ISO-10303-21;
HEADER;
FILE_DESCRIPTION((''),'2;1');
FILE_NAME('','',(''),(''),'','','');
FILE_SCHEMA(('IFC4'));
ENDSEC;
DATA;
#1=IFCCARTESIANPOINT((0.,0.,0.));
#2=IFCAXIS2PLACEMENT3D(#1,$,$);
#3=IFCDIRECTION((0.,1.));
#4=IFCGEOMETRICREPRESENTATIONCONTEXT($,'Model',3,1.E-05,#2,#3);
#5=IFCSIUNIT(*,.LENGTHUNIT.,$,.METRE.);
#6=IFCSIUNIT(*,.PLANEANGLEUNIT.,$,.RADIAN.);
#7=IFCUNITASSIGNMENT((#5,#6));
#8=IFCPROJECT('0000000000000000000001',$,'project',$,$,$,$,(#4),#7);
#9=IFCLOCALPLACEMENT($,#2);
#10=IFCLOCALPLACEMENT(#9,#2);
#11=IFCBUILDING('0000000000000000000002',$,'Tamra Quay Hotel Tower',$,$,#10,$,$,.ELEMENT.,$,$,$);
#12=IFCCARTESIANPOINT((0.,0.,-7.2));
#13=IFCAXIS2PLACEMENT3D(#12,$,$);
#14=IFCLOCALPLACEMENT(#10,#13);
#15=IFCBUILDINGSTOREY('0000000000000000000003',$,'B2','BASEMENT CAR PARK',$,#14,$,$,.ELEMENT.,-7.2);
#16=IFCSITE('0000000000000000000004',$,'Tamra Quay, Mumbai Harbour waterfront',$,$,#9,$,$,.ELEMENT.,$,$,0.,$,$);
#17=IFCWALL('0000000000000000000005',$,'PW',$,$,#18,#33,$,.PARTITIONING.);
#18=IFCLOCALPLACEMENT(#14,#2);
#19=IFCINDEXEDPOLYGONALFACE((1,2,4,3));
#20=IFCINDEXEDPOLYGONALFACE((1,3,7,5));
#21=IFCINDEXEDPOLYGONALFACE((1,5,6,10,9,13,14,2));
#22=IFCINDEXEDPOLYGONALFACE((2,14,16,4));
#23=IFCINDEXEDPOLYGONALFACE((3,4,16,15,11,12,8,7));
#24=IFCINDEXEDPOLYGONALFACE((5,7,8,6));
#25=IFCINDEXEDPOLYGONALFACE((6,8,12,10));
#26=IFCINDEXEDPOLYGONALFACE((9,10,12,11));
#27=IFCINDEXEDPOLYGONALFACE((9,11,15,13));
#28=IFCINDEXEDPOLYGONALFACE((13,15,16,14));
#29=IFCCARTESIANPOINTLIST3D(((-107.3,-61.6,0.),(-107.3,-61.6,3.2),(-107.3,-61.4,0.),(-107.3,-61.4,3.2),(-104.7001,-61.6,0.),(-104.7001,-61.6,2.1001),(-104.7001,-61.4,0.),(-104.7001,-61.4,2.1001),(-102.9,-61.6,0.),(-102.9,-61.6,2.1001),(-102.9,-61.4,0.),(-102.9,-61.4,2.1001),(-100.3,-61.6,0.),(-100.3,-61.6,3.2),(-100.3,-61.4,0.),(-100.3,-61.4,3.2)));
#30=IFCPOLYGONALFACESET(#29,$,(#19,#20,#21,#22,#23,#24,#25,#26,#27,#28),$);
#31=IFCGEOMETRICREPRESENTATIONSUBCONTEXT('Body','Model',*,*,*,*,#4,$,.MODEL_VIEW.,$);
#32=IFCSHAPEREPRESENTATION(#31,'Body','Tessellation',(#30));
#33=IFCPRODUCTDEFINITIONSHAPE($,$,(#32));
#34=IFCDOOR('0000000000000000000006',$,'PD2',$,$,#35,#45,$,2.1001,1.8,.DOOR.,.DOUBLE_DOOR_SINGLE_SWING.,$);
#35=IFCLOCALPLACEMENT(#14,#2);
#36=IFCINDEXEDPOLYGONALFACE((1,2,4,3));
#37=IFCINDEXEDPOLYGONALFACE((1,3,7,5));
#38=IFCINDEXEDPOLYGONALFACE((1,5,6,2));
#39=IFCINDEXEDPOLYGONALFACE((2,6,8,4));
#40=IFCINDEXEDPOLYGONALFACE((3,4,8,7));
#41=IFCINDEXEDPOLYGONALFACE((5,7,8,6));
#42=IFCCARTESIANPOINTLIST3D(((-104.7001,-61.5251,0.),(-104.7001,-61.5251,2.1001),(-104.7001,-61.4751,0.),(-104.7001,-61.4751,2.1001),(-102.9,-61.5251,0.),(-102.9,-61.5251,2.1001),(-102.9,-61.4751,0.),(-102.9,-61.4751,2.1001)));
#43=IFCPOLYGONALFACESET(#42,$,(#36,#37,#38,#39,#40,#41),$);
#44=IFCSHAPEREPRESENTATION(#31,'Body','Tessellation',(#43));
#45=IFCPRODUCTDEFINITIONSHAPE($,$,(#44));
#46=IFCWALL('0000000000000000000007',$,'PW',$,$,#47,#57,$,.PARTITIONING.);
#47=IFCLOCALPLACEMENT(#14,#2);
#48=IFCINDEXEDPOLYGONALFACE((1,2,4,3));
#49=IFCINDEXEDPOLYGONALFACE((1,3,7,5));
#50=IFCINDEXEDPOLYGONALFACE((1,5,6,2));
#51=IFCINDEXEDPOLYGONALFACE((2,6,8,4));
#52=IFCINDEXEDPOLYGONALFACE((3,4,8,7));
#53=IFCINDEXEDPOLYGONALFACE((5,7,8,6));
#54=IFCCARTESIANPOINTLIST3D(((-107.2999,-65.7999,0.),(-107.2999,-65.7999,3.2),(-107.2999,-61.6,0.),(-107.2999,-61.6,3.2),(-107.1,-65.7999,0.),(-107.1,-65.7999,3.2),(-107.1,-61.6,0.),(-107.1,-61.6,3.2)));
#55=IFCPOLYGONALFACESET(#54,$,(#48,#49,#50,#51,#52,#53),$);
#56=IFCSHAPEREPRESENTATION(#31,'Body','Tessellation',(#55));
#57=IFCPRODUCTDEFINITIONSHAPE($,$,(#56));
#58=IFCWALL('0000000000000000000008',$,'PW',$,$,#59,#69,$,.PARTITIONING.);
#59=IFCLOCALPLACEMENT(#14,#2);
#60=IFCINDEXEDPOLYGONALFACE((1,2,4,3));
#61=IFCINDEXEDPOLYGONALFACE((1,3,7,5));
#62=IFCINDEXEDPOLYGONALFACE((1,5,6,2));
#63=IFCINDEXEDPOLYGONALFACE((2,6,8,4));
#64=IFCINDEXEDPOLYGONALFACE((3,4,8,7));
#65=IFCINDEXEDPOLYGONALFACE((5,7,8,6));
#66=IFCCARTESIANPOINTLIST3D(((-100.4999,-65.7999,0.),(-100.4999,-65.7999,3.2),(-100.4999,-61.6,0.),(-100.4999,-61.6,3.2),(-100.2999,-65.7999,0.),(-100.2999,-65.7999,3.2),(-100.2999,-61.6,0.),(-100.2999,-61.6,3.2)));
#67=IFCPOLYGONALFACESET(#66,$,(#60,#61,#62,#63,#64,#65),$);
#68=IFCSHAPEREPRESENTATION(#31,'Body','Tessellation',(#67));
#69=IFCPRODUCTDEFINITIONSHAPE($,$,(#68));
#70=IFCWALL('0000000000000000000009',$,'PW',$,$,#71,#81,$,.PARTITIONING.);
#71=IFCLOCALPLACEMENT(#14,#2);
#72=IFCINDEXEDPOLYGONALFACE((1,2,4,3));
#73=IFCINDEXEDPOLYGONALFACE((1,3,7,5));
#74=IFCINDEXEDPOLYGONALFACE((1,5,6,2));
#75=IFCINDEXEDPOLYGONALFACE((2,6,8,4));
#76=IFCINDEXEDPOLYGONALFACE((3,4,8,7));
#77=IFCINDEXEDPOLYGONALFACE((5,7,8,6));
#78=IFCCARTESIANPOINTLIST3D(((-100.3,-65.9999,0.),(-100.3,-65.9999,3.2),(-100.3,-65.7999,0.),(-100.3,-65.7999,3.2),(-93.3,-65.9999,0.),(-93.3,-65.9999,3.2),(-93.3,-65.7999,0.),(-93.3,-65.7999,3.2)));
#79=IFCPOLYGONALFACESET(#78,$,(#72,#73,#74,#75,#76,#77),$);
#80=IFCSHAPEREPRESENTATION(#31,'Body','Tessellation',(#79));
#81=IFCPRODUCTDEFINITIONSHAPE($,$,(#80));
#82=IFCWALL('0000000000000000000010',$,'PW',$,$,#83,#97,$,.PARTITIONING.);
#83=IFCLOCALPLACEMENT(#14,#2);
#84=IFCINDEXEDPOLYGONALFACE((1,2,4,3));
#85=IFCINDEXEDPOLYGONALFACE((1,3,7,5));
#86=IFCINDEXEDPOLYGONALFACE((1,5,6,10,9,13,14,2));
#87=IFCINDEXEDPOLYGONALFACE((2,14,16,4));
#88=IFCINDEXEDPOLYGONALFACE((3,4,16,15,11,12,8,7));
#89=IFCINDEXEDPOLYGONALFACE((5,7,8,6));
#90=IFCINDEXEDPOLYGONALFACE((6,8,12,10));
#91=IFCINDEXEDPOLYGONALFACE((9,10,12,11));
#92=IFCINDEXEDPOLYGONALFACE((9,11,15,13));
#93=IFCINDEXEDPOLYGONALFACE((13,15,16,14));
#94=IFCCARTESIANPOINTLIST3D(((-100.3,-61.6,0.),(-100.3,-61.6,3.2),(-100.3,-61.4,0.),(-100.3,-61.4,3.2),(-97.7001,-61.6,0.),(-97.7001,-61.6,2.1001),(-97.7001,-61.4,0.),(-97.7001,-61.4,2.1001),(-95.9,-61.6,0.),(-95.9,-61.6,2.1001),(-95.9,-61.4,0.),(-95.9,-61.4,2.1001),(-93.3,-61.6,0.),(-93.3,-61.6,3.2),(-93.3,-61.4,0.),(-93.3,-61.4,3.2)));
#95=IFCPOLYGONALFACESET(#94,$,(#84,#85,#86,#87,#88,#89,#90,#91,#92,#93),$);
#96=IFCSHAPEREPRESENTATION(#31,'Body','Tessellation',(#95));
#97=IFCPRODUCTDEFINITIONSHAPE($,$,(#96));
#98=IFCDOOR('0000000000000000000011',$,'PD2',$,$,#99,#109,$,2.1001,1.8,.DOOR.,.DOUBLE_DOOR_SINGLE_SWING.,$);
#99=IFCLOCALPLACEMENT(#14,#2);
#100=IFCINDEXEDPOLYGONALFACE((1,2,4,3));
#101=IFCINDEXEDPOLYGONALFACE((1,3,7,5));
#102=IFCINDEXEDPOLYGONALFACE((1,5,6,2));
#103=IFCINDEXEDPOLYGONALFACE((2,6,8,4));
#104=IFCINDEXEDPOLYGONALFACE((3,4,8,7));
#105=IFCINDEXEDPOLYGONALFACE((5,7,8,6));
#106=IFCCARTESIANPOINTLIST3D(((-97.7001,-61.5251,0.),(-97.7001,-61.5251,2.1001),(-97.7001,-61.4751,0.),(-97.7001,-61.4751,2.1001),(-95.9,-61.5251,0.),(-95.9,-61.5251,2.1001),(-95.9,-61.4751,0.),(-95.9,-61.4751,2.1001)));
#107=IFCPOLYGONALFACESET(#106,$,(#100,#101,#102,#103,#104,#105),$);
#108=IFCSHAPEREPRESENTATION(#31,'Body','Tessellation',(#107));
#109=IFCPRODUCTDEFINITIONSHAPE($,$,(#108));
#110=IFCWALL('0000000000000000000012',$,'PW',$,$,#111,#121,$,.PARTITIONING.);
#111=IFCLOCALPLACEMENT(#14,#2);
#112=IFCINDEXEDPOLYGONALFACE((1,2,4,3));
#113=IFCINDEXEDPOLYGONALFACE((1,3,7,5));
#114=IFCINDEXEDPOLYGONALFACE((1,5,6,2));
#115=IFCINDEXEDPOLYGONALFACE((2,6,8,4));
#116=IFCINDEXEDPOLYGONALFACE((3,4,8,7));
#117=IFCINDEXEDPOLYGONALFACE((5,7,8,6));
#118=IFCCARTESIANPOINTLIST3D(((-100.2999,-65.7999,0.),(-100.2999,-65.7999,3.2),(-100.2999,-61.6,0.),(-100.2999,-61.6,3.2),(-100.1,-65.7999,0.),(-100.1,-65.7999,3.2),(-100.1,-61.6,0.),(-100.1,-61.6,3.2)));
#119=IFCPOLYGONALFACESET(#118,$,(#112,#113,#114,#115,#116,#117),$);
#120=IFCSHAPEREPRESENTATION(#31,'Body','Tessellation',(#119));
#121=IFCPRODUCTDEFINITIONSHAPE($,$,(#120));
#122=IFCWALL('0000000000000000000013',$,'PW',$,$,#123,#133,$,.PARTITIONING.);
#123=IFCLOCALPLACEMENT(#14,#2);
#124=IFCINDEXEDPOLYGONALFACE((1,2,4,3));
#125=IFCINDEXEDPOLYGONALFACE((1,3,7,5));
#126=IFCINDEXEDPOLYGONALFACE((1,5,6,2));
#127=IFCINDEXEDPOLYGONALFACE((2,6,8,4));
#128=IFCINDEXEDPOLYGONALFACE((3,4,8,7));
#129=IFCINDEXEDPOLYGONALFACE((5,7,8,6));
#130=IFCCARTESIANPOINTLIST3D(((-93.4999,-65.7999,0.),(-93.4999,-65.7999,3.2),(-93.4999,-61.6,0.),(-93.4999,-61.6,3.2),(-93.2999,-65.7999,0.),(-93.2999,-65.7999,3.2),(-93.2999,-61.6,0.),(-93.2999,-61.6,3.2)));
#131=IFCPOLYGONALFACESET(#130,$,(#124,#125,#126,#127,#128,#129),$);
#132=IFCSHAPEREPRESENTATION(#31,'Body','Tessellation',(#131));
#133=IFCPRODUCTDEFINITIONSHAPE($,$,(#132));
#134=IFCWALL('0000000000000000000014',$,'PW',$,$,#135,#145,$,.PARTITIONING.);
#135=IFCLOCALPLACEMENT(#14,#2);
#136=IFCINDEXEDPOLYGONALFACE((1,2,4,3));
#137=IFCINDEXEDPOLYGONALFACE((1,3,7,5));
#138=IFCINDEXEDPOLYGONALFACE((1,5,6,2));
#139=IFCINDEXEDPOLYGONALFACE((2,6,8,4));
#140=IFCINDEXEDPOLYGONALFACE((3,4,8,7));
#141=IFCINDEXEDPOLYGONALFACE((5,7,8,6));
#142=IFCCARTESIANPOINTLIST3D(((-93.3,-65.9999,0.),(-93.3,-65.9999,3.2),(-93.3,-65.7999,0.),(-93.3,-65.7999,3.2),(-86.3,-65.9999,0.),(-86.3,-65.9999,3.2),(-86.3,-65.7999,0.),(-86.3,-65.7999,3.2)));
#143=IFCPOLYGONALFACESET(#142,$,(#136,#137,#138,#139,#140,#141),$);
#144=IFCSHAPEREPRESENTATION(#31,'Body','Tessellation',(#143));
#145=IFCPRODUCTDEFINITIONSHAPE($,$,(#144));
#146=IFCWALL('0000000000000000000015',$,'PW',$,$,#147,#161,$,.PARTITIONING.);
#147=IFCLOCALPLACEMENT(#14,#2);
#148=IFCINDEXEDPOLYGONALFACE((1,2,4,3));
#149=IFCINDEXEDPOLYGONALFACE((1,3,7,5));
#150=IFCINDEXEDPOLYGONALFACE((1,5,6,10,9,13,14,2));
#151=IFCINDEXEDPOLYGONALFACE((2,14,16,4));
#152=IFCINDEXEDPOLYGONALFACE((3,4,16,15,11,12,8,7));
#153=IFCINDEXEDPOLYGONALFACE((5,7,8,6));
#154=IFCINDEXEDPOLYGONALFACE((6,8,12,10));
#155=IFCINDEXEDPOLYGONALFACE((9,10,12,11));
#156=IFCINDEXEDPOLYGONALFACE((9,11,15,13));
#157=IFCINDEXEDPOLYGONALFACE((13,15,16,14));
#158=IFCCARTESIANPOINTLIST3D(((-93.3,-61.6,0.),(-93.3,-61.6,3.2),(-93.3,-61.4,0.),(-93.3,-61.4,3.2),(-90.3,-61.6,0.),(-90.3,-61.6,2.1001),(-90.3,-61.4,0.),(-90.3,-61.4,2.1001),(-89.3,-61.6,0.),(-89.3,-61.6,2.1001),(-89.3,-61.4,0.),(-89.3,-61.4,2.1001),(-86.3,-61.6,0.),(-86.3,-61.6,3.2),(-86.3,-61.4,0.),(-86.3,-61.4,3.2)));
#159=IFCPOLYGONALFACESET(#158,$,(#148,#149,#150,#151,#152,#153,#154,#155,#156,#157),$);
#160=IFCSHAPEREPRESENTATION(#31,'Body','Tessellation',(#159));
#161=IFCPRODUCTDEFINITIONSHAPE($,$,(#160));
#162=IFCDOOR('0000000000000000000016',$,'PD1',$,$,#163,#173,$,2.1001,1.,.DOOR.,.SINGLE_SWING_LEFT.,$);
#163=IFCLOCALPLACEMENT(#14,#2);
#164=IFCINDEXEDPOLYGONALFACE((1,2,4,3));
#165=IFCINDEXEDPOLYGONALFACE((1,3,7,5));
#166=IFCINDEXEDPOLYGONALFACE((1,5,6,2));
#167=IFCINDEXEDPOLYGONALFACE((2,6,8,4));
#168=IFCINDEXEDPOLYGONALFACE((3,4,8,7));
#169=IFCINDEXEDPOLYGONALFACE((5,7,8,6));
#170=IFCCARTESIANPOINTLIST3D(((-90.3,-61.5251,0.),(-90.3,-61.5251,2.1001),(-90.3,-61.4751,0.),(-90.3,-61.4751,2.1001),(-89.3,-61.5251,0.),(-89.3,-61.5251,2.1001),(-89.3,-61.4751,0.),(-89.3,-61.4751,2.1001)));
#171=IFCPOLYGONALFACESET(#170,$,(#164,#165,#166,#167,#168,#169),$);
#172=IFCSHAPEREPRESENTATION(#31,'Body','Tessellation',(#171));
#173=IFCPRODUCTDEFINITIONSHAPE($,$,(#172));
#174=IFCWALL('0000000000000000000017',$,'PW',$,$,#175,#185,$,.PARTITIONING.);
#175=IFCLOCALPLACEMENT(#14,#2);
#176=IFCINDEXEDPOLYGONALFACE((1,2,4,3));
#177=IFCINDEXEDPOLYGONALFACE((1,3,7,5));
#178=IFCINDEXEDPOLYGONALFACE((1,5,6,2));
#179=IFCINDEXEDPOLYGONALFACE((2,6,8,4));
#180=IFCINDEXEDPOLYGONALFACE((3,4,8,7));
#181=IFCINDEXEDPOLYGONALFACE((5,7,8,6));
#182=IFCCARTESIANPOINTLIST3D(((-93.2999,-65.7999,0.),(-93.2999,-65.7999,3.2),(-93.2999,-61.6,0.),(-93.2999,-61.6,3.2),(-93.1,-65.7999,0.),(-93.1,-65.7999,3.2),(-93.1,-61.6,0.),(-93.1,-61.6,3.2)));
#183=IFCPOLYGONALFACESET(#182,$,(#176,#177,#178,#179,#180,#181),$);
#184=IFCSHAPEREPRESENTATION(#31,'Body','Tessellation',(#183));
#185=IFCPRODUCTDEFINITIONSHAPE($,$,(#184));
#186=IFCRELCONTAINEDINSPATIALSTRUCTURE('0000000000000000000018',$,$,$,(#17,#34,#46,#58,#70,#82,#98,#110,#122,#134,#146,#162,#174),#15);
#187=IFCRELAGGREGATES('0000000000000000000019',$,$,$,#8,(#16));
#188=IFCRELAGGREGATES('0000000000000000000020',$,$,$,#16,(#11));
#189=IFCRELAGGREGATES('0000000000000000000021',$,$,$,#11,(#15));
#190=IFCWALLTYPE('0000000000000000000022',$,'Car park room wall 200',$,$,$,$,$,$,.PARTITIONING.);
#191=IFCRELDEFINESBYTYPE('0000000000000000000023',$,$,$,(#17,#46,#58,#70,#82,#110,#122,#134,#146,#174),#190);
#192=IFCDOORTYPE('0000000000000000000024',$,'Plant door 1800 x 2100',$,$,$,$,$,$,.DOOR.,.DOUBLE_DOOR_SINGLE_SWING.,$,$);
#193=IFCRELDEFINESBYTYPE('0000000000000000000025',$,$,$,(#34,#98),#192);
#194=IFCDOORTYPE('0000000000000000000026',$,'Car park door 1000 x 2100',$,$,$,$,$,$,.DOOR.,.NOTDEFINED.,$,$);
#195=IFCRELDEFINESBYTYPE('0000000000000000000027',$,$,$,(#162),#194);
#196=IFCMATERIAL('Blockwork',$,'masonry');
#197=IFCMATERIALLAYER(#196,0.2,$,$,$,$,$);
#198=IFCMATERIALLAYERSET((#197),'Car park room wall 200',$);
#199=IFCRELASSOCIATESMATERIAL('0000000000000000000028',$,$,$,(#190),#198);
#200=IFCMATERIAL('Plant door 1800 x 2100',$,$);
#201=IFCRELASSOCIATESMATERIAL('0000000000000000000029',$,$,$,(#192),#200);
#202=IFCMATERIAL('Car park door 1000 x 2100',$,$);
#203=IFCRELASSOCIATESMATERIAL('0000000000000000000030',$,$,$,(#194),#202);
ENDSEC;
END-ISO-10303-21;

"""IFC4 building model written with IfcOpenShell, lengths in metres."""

from ifc_helpers import new_model, si_unit, direction, frame, frame_2d, origin, place, context, subcontext, project, spatial, rectangle, extrude, material, layer, layer_set, type_object, element, fill, save


model = new_model("IFC4")

# Units and contexts
model_context = context("Model", 3, precision=1e-05, world=origin(), true_north=direction((0.0, 1.0)))
body_context = subcontext(model_context, "Body", "Model", "MODEL_VIEW")
ifc_project = project(units=[si_unit("LENGTHUNIT", "METRE"), si_unit("PLANEANGLEUNIT", "RADIAN")], contexts=[model_context])

# Site, building, storey
site_placement = place(None, origin())
site = spatial("IfcSite", under=ifc_project, at=site_placement, Name="Tamra Quay, Mumbai Harbour waterfront", CompositionType="ELEMENT", RefElevation=0.0)
building_placement = place(site_placement, origin())
building = spatial("IfcBuilding", under=site, at=building_placement, Name="Tamra Quay Hotel Tower", CompositionType="ELEMENT")
storey_placement = place(building_placement, frame((0.0, 0.0, -7.2)))
storey = spatial("IfcBuildingStorey", under=building, at=storey_placement, Name="B2", Description="BASEMENT CAR PARK", CompositionType="ELEMENT", Elevation=-7.2)

# Shared definitions
ifc_material_1 = material(Name="Blockwork", Category="masonry")
ifc_layer_1 = layer(ifc_material_1, 0.2)
ifc_layer_set_1 = layer_set([ifc_layer_1], Name="Car park room wall 200")
wall_type_1 = type_object("IfcWallType", Name="Car park room wall 200", PredefinedType="PARTITIONING", material=ifc_layer_set_1)

# Shared definitions
ifc_material_2 = material(Name="Plant door 1800 x 2100")
door_type_1 = type_object("IfcDoorType", Name="Plant door 1800 x 2100", OperationType="DOUBLE_DOOR_SINGLE_SWING", PredefinedType="DOOR", material=ifc_material_2)

# Wall, opening, door
wall_1_placement = place(storey_placement, frame((-107.3, -61.5, 0.0), z_axis=(0.0, 0.0, 1.0), x_axis=(1.0, 0.0, 0.0)))
wall_1 = element("IfcWall", 1, at=wall_1_placement, inside=storey, type_object=wall_type_1, Name="PW", PredefinedType="PARTITIONING", context=body_context, shape_type="SweptSolid", body=[
    extrude(rectangle(XDim=7.0, YDim=0.2, at=frame_2d((3.5, 0.0))), origin(), (0.0, 0.0, 1.0), 3.2),
])
opening_1_placement = place(wall_1_placement, frame((2.6001, 0.0, 0.0)))
opening_1 = element("IfcOpeningElement", 2, at=opening_1_placement, cuts=wall_1, PredefinedType="OPENING", context=body_context, shape_type="SweptSolid", body=[
    extrude(rectangle(XDim=1.8, YDim=2.1001, at=frame_2d((0.8999, 1.05))), frame((0.0, 0.1099, 0.0), z_axis=(0.0, -1.0, 0.0), x_axis=(1.0, 0.0, 0.0)), (0.0, 0.0, 1.0), 0.22),
])
door_1_placement = place(opening_1_placement, origin())
door_1 = element("IfcDoor", 3, at=door_1_placement, inside=storey, type_object=door_type_1, Name="PD2", OperationType="DOUBLE_DOOR_SINGLE_SWING", OverallHeight=2.1001, OverallWidth=1.8, PredefinedType="DOOR", context=body_context, shape_type="SweptSolid", body=[
    extrude(rectangle(XDim=1.8, YDim=2.1001, at=frame_2d((0.8999, 1.05))), frame((0.0, 0.0249, 0.0), z_axis=(0.0, -1.0, 0.0), x_axis=(1.0, 0.0, 0.0)), (0.0, 0.0, 1.0), 0.05),
])
fill(opening_1, door_1)

# Walls
for number, where, z_axis, x_axis, name in (
    (4, (-107.2, -65.8, 0.0), (0.0, 0.0, 1.0), (0.0, 1.0, 0.0), "PW"),
    (5, (-100.3999, -65.8, 0.0), (0.0, 0.0, 1.0), (0.0, 1.0, 0.0), "PW"),
):
    element("IfcWall", number, at=place(storey_placement, frame(where, z_axis=z_axis, x_axis=x_axis)), inside=storey, type_object=wall_type_1, Name=name, PredefinedType="PARTITIONING", context=body_context, shape_type="SweptSolid", body=[
        extrude(rectangle(XDim=4.2, YDim=0.2, at=frame_2d((2.1001, 0.0))), origin(), (0.0, 0.0, 1.0), 3.2),
    ])
wall_2_placement = place(storey_placement, frame((-100.3, -65.8999, 0.0), z_axis=(0.0, 0.0, 1.0), x_axis=(1.0, 0.0, 0.0)))
element("IfcWall", 6, at=wall_2_placement, inside=storey, type_object=wall_type_1, Name="PW", PredefinedType="PARTITIONING", context=body_context, shape_type="SweptSolid", body=[
    extrude(rectangle(XDim=7.0, YDim=0.2, at=frame_2d((3.5, 0.0))), origin(), (0.0, 0.0, 1.0), 3.2),
])

# Wall, opening, door
wall_3_placement = place(storey_placement, frame((-100.3, -61.5, 0.0), z_axis=(0.0, 0.0, 1.0), x_axis=(1.0, 0.0, 0.0)))
wall_3 = element("IfcWall", 7, at=wall_3_placement, inside=storey, type_object=wall_type_1, Name="PW", PredefinedType="PARTITIONING", context=body_context, shape_type="SweptSolid", body=[
    extrude(rectangle(XDim=7.0, YDim=0.2, at=frame_2d((3.5, 0.0))), origin(), (0.0, 0.0, 1.0), 3.2),
])
opening_2_placement = place(wall_3_placement, frame((2.6001, 0.0, 0.0)))
opening_2 = element("IfcOpeningElement", 8, at=opening_2_placement, cuts=wall_3, PredefinedType="OPENING", context=body_context, shape_type="SweptSolid", body=[
    extrude(rectangle(XDim=1.8, YDim=2.1001, at=frame_2d((0.8999, 1.05))), frame((0.0, 0.1099, 0.0), z_axis=(0.0, -1.0, 0.0), x_axis=(1.0, 0.0, 0.0)), (0.0, 0.0, 1.0), 0.22),
])
door_2_placement = place(opening_2_placement, origin())
door_2 = element("IfcDoor", 9, at=door_2_placement, inside=storey, type_object=door_type_1, Name="PD2", OperationType="DOUBLE_DOOR_SINGLE_SWING", OverallHeight=2.1001, OverallWidth=1.8, PredefinedType="DOOR", context=body_context, shape_type="SweptSolid", body=[
    extrude(rectangle(XDim=1.8, YDim=2.1001, at=frame_2d((0.8999, 1.05))), frame((0.0, 0.0249, 0.0), z_axis=(0.0, -1.0, 0.0), x_axis=(1.0, 0.0, 0.0)), (0.0, 0.0, 1.0), 0.05),
])
fill(opening_2, door_2)

# Walls
for number, where, z_axis, x_axis, name in (
    (10, (-100.2, -65.8, 0.0), (0.0, 0.0, 1.0), (0.0, 1.0, 0.0), "PW"),
    (11, (-93.3999, -65.8, 0.0), (0.0, 0.0, 1.0), (0.0, 1.0, 0.0), "PW"),
):
    element("IfcWall", number, at=place(storey_placement, frame(where, z_axis=z_axis, x_axis=x_axis)), inside=storey, type_object=wall_type_1, Name=name, PredefinedType="PARTITIONING", context=body_context, shape_type="SweptSolid", body=[
        extrude(rectangle(XDim=4.2, YDim=0.2, at=frame_2d((2.1001, 0.0))), origin(), (0.0, 0.0, 1.0), 3.2),
    ])
wall_4_placement = place(storey_placement, frame((-93.3, -65.8999, 0.0), z_axis=(0.0, 0.0, 1.0), x_axis=(1.0, 0.0, 0.0)))
element("IfcWall", 12, at=wall_4_placement, inside=storey, type_object=wall_type_1, Name="PW", PredefinedType="PARTITIONING", context=body_context, shape_type="SweptSolid", body=[
    extrude(rectangle(XDim=7.0, YDim=0.2, at=frame_2d((3.5, 0.0))), origin(), (0.0, 0.0, 1.0), 3.2),
])

# Wall, opening, door
wall_5_placement = place(storey_placement, frame((-93.3, -61.5, 0.0), z_axis=(0.0, 0.0, 1.0), x_axis=(1.0, 0.0, 0.0)))
wall_5 = element("IfcWall", 13, at=wall_5_placement, inside=storey, type_object=wall_type_1, Name="PW", PredefinedType="PARTITIONING", context=body_context, shape_type="SweptSolid", body=[
    extrude(rectangle(XDim=7.0, YDim=0.2, at=frame_2d((3.5, 0.0))), origin(), (0.0, 0.0, 1.0), 3.2),
])
opening_3_placement = place(wall_5_placement, frame((3.0, 0.0, 0.0)))
opening_3 = element("IfcOpeningElement", 14, at=opening_3_placement, cuts=wall_5, PredefinedType="OPENING", context=body_context, shape_type="SweptSolid", body=[
    extrude(rectangle(XDim=1.0, YDim=2.1001, at=frame_2d((0.5, 1.05))), frame((0.0, 0.1099, 0.0), z_axis=(0.0, -1.0, 0.0), x_axis=(1.0, 0.0, 0.0)), (0.0, 0.0, 1.0), 0.22),
])
ifc_material_3 = material(Name="Car park door 1000 x 2100")
door_type_2 = type_object("IfcDoorType", Name="Car park door 1000 x 2100", OperationType="NOTDEFINED", PredefinedType="DOOR", material=ifc_material_3)
door_3_placement = place(opening_3_placement, origin())
door_3 = element("IfcDoor", 15, at=door_3_placement, inside=storey, type_object=door_type_2, Name="PD1", OperationType="SINGLE_SWING_LEFT", OverallHeight=2.1001, OverallWidth=1.0, PredefinedType="DOOR", context=body_context, shape_type="SweptSolid", body=[
    extrude(rectangle(XDim=1.0, YDim=2.1001, at=frame_2d((0.5, 1.05))), frame((0.0, 0.0249, 0.0), z_axis=(0.0, -1.0, 0.0), x_axis=(1.0, 0.0, 0.0)), (0.0, 0.0, 1.0), 0.05),
])
fill(opening_3, door_3)

# Wall
wall_6_placement = place(storey_placement, frame((-93.2, -65.8, 0.0), z_axis=(0.0, 0.0, 1.0), x_axis=(0.0, 1.0, 0.0)))
element("IfcWall", 16, at=wall_6_placement, inside=storey, type_object=wall_type_1, Name="PW", PredefinedType="PARTITIONING", context=body_context, shape_type="SweptSolid", body=[
    extrude(rectangle(XDim=4.2, YDim=0.2, at=frame_2d((2.1001, 0.0))), origin(), (0.0, 0.0, 1.0), 3.2),
])

save(model, "model.ifc")
